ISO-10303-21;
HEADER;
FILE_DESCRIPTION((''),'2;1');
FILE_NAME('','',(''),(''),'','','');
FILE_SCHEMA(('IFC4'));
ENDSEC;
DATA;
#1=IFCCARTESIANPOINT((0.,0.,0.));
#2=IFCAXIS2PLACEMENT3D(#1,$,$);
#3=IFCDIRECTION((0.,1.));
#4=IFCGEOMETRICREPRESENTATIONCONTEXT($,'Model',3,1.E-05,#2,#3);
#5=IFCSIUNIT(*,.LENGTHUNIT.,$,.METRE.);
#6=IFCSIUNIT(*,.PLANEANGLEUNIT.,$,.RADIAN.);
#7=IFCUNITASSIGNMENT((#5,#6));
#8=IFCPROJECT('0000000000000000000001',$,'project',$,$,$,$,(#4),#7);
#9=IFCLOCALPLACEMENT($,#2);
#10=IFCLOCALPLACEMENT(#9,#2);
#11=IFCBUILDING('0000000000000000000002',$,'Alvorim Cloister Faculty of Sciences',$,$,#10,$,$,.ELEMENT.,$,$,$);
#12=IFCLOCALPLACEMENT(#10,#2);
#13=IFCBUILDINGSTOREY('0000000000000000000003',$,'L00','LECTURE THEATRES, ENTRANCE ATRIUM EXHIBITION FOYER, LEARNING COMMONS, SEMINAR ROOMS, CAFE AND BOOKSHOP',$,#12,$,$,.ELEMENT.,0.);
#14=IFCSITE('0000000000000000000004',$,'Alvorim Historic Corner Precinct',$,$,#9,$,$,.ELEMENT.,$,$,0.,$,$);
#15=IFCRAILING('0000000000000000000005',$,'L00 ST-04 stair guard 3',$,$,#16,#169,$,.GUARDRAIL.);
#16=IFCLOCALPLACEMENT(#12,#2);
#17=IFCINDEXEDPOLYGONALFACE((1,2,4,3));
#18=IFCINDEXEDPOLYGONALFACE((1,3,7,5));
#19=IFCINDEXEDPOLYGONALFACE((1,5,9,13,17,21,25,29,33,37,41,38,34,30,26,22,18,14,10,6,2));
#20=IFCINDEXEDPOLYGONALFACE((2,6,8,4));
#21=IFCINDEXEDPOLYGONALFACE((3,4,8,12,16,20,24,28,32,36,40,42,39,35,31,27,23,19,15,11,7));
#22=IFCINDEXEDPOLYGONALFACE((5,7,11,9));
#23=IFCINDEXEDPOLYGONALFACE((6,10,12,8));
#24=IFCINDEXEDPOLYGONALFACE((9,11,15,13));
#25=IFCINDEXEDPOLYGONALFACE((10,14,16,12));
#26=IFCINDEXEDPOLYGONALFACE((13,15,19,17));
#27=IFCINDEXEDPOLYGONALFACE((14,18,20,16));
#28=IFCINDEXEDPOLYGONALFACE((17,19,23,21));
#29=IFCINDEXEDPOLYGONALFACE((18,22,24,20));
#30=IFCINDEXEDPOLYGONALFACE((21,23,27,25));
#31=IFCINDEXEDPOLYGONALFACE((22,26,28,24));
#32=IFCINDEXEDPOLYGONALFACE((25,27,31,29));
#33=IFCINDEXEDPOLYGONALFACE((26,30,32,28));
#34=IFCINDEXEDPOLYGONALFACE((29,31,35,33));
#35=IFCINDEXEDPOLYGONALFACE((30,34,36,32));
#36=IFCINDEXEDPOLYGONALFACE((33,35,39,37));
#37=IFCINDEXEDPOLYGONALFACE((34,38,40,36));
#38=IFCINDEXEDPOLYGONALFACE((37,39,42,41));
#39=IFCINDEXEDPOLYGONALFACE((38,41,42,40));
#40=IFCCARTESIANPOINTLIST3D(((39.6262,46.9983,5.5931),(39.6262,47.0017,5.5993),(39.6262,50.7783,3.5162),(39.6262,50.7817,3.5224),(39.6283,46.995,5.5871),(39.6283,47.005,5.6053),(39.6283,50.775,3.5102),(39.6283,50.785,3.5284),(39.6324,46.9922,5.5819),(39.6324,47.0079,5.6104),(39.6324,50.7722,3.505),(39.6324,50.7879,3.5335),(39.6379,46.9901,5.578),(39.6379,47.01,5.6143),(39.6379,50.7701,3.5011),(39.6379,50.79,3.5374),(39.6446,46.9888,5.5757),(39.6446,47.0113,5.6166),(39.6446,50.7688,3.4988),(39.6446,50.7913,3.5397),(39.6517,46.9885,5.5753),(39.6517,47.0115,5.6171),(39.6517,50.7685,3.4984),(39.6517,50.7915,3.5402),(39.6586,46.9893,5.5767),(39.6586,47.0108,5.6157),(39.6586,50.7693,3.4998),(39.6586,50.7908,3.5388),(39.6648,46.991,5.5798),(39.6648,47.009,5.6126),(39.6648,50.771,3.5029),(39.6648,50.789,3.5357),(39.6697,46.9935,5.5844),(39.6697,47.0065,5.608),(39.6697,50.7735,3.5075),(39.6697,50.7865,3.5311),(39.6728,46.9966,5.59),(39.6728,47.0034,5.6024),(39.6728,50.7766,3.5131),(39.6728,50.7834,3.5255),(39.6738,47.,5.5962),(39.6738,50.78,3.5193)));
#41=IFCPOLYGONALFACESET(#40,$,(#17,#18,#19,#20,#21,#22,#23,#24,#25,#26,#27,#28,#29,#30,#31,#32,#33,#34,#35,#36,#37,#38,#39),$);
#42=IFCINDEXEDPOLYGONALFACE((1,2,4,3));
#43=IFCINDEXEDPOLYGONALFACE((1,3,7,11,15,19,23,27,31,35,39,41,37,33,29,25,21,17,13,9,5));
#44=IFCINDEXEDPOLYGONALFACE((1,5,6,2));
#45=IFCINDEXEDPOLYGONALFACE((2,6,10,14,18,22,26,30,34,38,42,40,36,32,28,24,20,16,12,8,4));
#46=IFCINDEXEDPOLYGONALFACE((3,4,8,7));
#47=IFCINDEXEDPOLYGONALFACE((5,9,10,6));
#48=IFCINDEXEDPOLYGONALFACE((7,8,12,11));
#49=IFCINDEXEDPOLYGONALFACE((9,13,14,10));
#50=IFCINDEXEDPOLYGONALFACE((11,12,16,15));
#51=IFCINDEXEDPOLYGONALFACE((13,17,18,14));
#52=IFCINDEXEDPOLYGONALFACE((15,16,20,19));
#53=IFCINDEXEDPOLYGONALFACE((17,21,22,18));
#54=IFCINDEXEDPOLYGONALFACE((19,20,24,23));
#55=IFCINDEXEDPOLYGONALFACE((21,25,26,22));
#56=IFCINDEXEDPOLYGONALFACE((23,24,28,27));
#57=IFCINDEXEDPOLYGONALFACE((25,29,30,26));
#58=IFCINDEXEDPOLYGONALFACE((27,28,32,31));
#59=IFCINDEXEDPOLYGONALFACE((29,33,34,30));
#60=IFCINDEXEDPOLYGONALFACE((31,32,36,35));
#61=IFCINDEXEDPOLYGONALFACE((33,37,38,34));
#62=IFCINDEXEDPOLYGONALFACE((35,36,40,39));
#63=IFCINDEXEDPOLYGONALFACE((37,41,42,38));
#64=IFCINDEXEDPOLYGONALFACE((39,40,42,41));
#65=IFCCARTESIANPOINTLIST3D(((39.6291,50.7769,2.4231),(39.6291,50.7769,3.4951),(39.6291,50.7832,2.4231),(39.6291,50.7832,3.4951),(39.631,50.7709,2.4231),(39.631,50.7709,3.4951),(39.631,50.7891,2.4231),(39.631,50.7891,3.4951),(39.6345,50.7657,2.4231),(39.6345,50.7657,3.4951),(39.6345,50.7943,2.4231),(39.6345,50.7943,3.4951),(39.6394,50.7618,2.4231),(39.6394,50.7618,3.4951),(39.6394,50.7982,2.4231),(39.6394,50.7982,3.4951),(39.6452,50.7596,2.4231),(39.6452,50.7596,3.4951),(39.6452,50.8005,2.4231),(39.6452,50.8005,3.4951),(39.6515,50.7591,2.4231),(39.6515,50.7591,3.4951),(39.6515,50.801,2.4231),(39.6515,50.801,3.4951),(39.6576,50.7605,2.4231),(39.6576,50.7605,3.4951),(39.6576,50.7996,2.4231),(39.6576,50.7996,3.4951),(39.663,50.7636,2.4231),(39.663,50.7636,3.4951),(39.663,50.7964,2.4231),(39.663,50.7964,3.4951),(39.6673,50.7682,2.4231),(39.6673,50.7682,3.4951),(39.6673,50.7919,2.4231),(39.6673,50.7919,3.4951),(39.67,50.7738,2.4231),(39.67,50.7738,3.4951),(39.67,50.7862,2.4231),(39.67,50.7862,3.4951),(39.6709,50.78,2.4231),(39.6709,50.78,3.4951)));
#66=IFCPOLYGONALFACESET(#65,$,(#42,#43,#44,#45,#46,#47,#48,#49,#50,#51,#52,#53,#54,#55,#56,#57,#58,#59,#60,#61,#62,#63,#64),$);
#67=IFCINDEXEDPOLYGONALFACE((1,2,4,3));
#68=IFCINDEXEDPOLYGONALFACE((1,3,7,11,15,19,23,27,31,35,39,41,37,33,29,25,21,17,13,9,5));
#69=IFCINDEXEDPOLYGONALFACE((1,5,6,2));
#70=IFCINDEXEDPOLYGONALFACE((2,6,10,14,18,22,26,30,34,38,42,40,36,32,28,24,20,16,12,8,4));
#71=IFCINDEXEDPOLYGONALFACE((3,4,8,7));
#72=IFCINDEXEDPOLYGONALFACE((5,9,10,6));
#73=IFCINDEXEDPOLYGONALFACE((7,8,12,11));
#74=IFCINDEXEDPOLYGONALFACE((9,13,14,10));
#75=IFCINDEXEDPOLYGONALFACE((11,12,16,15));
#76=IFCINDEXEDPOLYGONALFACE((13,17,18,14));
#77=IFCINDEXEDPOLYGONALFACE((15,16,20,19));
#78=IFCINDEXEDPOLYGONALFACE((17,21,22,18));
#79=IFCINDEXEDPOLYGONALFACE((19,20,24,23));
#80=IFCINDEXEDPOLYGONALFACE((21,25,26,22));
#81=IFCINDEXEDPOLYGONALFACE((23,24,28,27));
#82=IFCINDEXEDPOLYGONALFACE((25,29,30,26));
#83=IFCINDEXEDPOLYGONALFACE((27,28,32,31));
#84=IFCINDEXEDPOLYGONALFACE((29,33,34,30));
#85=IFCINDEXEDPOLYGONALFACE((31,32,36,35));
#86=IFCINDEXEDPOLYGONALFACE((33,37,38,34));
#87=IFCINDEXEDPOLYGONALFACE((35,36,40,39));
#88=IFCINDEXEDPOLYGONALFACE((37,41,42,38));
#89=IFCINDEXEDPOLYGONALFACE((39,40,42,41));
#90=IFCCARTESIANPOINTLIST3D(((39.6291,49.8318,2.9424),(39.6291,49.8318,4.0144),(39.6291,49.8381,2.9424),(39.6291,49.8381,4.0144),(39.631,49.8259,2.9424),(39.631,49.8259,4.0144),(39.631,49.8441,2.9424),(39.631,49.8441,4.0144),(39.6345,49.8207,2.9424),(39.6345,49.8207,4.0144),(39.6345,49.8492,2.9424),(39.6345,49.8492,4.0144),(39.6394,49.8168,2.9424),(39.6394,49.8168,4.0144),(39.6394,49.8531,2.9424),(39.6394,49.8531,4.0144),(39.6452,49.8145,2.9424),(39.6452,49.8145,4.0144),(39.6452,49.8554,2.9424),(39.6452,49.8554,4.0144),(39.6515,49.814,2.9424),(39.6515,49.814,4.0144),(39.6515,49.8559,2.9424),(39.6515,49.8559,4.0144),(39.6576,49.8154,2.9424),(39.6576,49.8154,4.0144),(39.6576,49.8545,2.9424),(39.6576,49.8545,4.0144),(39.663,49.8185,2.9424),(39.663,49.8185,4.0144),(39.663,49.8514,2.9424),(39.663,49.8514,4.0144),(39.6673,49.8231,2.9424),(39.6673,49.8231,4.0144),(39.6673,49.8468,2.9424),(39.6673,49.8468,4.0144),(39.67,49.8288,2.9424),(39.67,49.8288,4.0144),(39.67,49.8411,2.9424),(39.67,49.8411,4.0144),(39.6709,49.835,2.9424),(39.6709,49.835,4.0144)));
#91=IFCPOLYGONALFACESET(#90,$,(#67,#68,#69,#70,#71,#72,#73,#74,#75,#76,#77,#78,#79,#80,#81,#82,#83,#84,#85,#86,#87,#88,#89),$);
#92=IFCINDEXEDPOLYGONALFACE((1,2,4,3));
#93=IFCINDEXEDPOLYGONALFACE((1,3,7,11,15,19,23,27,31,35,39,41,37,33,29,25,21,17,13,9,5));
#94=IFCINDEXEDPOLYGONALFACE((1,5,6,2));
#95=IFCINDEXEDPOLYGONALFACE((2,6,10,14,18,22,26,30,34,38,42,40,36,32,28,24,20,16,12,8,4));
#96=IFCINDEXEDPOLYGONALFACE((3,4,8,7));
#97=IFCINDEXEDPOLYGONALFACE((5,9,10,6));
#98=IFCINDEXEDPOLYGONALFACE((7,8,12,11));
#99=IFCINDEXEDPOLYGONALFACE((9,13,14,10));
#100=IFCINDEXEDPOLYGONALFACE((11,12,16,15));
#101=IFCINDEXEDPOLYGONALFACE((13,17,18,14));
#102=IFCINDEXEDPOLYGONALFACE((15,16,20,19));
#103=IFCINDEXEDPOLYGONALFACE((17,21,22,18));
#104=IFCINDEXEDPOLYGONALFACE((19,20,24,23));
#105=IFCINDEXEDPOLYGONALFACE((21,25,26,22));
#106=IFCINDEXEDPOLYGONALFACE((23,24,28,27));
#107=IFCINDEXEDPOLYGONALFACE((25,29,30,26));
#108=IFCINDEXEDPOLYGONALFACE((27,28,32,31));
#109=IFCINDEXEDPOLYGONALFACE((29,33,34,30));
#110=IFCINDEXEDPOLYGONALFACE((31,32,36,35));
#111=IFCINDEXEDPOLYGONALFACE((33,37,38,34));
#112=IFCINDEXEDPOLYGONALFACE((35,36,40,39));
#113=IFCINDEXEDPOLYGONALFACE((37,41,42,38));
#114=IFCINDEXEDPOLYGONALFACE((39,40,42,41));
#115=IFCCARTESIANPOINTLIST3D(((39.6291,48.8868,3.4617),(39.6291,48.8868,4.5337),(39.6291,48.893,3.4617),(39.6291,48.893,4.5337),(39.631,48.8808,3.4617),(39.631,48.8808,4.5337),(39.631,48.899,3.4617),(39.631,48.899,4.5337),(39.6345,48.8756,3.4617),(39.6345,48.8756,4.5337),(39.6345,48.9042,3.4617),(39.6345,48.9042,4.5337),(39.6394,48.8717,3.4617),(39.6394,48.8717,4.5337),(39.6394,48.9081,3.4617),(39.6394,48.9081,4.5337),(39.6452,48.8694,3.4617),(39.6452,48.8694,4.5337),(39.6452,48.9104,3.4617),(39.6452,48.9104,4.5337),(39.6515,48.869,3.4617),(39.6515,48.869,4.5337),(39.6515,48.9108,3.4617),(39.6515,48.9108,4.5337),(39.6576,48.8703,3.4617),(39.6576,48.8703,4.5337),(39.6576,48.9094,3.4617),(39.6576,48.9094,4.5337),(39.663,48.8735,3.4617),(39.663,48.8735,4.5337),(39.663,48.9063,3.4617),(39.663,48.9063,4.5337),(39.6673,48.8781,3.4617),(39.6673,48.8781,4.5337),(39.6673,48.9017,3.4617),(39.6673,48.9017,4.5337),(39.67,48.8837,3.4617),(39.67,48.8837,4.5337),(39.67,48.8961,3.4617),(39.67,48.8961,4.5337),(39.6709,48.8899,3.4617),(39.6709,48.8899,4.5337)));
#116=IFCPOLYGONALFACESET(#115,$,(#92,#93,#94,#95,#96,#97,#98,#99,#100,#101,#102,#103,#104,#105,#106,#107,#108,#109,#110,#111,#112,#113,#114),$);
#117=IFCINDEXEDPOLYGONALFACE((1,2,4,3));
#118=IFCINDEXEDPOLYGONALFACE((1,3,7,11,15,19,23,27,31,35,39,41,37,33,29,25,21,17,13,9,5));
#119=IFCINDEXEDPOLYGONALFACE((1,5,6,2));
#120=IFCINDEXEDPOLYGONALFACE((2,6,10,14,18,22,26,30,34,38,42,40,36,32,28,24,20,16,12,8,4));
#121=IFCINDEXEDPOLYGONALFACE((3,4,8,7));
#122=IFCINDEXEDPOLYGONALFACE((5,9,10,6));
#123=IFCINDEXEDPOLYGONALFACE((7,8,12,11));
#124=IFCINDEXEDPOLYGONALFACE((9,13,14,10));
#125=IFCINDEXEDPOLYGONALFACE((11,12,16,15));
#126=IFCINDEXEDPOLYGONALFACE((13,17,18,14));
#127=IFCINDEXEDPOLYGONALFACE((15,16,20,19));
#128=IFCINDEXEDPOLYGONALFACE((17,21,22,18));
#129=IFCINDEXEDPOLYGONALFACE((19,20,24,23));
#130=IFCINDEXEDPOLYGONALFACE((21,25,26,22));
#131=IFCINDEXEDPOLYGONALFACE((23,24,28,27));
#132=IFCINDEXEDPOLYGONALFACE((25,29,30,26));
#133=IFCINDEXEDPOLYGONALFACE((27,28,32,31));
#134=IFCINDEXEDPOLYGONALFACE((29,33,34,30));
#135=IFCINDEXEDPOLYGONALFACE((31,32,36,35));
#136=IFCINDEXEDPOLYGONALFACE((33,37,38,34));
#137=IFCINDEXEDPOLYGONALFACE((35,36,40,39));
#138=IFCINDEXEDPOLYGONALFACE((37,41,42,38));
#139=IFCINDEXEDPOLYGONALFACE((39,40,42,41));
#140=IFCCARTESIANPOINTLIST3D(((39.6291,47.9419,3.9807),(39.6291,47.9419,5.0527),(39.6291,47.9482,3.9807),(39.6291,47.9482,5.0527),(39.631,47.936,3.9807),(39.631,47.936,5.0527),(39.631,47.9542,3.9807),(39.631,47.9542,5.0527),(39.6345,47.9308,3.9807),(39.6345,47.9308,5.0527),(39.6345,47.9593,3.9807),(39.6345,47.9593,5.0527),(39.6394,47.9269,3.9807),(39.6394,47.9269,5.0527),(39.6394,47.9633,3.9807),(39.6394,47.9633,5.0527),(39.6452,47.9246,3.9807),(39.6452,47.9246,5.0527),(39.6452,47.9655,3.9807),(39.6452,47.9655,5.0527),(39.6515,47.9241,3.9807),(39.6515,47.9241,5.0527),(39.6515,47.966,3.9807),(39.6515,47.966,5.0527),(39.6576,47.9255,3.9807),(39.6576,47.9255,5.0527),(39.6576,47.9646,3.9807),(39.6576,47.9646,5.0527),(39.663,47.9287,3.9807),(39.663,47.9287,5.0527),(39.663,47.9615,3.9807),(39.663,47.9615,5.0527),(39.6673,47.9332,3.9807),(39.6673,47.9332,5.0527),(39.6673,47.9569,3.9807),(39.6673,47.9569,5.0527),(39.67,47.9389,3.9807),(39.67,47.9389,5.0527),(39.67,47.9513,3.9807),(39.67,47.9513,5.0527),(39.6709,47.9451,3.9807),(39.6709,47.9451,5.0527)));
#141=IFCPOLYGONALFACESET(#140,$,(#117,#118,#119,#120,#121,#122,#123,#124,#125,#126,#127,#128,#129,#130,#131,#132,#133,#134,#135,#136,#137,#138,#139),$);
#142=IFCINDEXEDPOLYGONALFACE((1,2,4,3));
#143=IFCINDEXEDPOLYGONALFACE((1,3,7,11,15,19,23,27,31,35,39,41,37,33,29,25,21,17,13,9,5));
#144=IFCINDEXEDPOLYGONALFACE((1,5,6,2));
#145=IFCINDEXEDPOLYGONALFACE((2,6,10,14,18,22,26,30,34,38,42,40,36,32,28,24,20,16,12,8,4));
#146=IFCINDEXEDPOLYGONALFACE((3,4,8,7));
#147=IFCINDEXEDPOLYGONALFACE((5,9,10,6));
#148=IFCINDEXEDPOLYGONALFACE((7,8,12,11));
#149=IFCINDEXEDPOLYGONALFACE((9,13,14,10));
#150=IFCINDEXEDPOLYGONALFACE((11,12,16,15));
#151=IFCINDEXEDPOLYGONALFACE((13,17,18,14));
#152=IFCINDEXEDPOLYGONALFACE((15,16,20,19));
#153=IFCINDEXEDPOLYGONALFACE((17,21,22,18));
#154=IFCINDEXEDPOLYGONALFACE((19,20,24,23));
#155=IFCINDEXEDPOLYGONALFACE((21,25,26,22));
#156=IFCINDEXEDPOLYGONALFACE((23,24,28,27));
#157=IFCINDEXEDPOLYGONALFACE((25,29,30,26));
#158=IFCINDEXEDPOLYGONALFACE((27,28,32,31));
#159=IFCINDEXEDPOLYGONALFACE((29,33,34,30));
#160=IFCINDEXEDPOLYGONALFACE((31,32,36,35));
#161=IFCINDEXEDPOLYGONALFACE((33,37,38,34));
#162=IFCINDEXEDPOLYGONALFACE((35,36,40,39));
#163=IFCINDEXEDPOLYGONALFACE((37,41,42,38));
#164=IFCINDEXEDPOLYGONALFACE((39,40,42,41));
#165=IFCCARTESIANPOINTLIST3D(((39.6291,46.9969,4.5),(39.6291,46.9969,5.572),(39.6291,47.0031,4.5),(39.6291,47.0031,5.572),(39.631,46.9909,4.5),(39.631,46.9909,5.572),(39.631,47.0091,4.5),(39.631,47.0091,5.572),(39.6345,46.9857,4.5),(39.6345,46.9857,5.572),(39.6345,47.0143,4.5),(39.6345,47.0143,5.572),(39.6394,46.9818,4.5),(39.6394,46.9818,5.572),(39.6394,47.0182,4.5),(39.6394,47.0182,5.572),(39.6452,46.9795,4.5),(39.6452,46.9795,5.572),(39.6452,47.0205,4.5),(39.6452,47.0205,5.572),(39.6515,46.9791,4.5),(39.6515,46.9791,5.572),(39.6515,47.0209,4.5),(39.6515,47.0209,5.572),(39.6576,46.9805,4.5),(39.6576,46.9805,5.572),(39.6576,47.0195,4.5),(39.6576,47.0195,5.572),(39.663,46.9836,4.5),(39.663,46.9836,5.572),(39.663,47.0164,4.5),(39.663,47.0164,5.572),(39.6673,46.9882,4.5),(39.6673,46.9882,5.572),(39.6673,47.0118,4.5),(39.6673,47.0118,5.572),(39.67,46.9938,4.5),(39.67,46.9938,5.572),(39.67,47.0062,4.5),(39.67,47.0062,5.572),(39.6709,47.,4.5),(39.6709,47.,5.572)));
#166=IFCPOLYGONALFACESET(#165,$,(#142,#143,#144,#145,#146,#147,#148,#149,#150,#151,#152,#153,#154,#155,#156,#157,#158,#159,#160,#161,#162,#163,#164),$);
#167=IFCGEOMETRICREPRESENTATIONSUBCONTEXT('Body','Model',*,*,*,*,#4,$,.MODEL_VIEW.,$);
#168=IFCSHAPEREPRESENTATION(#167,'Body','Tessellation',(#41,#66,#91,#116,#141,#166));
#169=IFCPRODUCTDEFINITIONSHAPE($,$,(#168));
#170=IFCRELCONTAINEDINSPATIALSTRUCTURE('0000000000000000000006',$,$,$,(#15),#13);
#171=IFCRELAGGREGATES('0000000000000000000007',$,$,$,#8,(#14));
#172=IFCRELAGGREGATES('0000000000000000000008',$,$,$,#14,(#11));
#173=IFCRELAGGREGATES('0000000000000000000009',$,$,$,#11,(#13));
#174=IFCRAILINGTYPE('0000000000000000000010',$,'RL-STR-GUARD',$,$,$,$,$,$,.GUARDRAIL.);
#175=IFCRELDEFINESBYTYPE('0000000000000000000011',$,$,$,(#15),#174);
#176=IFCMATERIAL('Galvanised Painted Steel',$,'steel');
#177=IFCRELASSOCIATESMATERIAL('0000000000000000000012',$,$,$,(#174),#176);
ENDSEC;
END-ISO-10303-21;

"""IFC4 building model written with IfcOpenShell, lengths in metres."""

from ifc_helpers import new_model, si_unit, direction, frame, origin, origin_2d, place, context, subcontext, project, spatial, circle, extrude, material, type_object, element, save


model = new_model("IFC4")

# Units and contexts
model_context = context("Model", 3, precision=1e-05, world=origin(), true_north=direction((0.0, 1.0)))
body_context = subcontext(model_context, "Body", "Model", "MODEL_VIEW")
ifc_project = project(units=[si_unit("LENGTHUNIT", "METRE"), si_unit("PLANEANGLEUNIT", "RADIAN")], contexts=[model_context])

# Site, building, storey
site_placement = place(None, origin())
site = spatial("IfcSite", under=ifc_project, at=site_placement, Name="Alvorim Historic Corner Precinct", CompositionType="ELEMENT", RefElevation=0.0)
building_placement = place(site_placement, origin())
building = spatial("IfcBuilding", under=site, at=building_placement, Name="Alvorim Cloister Faculty of Sciences", CompositionType="ELEMENT")
storey_placement = place(building_placement, origin())
storey = spatial("IfcBuildingStorey", under=building, at=storey_placement, Name="L00", Description="LECTURE THEATRES, ENTRANCE ATRIUM EXHIBITION FOYER, LEARNING COMMONS, SEMINAR ROOMS, CAFE AND BOOKSHOP", CompositionType="ELEMENT", Elevation=0.0)

# Railing
ifc_material_1 = material(Name="Galvanised Painted Steel", Category="steel")
railing_type_1 = type_object("IfcRailingType", Name="RL-STR-GUARD", PredefinedType="GUARDRAIL", material=ifc_material_1)
railing_1_placement = place(storey_placement, frame((39.6499, 50.78, 2.4231)))
element("IfcRailing", 1, at=railing_1_placement, inside=storey, type_object=railing_type_1, Name="L00 ST-04 stair guard 3", PredefinedType="GUARDRAIL", context=body_context, shape_type="SweptSolid", body=[
    extrude(circle(Radius=0.0239, at=origin_2d()), frame((0.0, 0.0, 1.0962), z_axis=(0.0, -0.876423, 0.481543), x_axis=(1.0, 0.0, 0.0)), (0.0, 0.0, 1.0), 4.313),
    extrude(circle(Radius=0.021, at=origin_2d()), origin(), (0.0, 0.0, 1.0), 1.072),
    extrude(circle(Radius=0.021, at=origin_2d()), frame((0.0, -0.9451, 0.5193)), (0.0, 0.0, 1.0), 1.072),
    extrude(circle(Radius=0.021, at=origin_2d()), frame((0.0, -1.8901, 1.0386)), (0.0, 0.0, 1.0), 1.072),
    extrude(circle(Radius=0.021, at=origin_2d()), frame((0.0, -2.835, 1.5576)), (0.0, 0.0, 1.0), 1.072),
    extrude(circle(Radius=0.021, at=origin_2d()), frame((0.0, -3.78, 2.0769)), (0.0, 0.0, 1.0), 1.072),
])

save(model, "model.ifc")
